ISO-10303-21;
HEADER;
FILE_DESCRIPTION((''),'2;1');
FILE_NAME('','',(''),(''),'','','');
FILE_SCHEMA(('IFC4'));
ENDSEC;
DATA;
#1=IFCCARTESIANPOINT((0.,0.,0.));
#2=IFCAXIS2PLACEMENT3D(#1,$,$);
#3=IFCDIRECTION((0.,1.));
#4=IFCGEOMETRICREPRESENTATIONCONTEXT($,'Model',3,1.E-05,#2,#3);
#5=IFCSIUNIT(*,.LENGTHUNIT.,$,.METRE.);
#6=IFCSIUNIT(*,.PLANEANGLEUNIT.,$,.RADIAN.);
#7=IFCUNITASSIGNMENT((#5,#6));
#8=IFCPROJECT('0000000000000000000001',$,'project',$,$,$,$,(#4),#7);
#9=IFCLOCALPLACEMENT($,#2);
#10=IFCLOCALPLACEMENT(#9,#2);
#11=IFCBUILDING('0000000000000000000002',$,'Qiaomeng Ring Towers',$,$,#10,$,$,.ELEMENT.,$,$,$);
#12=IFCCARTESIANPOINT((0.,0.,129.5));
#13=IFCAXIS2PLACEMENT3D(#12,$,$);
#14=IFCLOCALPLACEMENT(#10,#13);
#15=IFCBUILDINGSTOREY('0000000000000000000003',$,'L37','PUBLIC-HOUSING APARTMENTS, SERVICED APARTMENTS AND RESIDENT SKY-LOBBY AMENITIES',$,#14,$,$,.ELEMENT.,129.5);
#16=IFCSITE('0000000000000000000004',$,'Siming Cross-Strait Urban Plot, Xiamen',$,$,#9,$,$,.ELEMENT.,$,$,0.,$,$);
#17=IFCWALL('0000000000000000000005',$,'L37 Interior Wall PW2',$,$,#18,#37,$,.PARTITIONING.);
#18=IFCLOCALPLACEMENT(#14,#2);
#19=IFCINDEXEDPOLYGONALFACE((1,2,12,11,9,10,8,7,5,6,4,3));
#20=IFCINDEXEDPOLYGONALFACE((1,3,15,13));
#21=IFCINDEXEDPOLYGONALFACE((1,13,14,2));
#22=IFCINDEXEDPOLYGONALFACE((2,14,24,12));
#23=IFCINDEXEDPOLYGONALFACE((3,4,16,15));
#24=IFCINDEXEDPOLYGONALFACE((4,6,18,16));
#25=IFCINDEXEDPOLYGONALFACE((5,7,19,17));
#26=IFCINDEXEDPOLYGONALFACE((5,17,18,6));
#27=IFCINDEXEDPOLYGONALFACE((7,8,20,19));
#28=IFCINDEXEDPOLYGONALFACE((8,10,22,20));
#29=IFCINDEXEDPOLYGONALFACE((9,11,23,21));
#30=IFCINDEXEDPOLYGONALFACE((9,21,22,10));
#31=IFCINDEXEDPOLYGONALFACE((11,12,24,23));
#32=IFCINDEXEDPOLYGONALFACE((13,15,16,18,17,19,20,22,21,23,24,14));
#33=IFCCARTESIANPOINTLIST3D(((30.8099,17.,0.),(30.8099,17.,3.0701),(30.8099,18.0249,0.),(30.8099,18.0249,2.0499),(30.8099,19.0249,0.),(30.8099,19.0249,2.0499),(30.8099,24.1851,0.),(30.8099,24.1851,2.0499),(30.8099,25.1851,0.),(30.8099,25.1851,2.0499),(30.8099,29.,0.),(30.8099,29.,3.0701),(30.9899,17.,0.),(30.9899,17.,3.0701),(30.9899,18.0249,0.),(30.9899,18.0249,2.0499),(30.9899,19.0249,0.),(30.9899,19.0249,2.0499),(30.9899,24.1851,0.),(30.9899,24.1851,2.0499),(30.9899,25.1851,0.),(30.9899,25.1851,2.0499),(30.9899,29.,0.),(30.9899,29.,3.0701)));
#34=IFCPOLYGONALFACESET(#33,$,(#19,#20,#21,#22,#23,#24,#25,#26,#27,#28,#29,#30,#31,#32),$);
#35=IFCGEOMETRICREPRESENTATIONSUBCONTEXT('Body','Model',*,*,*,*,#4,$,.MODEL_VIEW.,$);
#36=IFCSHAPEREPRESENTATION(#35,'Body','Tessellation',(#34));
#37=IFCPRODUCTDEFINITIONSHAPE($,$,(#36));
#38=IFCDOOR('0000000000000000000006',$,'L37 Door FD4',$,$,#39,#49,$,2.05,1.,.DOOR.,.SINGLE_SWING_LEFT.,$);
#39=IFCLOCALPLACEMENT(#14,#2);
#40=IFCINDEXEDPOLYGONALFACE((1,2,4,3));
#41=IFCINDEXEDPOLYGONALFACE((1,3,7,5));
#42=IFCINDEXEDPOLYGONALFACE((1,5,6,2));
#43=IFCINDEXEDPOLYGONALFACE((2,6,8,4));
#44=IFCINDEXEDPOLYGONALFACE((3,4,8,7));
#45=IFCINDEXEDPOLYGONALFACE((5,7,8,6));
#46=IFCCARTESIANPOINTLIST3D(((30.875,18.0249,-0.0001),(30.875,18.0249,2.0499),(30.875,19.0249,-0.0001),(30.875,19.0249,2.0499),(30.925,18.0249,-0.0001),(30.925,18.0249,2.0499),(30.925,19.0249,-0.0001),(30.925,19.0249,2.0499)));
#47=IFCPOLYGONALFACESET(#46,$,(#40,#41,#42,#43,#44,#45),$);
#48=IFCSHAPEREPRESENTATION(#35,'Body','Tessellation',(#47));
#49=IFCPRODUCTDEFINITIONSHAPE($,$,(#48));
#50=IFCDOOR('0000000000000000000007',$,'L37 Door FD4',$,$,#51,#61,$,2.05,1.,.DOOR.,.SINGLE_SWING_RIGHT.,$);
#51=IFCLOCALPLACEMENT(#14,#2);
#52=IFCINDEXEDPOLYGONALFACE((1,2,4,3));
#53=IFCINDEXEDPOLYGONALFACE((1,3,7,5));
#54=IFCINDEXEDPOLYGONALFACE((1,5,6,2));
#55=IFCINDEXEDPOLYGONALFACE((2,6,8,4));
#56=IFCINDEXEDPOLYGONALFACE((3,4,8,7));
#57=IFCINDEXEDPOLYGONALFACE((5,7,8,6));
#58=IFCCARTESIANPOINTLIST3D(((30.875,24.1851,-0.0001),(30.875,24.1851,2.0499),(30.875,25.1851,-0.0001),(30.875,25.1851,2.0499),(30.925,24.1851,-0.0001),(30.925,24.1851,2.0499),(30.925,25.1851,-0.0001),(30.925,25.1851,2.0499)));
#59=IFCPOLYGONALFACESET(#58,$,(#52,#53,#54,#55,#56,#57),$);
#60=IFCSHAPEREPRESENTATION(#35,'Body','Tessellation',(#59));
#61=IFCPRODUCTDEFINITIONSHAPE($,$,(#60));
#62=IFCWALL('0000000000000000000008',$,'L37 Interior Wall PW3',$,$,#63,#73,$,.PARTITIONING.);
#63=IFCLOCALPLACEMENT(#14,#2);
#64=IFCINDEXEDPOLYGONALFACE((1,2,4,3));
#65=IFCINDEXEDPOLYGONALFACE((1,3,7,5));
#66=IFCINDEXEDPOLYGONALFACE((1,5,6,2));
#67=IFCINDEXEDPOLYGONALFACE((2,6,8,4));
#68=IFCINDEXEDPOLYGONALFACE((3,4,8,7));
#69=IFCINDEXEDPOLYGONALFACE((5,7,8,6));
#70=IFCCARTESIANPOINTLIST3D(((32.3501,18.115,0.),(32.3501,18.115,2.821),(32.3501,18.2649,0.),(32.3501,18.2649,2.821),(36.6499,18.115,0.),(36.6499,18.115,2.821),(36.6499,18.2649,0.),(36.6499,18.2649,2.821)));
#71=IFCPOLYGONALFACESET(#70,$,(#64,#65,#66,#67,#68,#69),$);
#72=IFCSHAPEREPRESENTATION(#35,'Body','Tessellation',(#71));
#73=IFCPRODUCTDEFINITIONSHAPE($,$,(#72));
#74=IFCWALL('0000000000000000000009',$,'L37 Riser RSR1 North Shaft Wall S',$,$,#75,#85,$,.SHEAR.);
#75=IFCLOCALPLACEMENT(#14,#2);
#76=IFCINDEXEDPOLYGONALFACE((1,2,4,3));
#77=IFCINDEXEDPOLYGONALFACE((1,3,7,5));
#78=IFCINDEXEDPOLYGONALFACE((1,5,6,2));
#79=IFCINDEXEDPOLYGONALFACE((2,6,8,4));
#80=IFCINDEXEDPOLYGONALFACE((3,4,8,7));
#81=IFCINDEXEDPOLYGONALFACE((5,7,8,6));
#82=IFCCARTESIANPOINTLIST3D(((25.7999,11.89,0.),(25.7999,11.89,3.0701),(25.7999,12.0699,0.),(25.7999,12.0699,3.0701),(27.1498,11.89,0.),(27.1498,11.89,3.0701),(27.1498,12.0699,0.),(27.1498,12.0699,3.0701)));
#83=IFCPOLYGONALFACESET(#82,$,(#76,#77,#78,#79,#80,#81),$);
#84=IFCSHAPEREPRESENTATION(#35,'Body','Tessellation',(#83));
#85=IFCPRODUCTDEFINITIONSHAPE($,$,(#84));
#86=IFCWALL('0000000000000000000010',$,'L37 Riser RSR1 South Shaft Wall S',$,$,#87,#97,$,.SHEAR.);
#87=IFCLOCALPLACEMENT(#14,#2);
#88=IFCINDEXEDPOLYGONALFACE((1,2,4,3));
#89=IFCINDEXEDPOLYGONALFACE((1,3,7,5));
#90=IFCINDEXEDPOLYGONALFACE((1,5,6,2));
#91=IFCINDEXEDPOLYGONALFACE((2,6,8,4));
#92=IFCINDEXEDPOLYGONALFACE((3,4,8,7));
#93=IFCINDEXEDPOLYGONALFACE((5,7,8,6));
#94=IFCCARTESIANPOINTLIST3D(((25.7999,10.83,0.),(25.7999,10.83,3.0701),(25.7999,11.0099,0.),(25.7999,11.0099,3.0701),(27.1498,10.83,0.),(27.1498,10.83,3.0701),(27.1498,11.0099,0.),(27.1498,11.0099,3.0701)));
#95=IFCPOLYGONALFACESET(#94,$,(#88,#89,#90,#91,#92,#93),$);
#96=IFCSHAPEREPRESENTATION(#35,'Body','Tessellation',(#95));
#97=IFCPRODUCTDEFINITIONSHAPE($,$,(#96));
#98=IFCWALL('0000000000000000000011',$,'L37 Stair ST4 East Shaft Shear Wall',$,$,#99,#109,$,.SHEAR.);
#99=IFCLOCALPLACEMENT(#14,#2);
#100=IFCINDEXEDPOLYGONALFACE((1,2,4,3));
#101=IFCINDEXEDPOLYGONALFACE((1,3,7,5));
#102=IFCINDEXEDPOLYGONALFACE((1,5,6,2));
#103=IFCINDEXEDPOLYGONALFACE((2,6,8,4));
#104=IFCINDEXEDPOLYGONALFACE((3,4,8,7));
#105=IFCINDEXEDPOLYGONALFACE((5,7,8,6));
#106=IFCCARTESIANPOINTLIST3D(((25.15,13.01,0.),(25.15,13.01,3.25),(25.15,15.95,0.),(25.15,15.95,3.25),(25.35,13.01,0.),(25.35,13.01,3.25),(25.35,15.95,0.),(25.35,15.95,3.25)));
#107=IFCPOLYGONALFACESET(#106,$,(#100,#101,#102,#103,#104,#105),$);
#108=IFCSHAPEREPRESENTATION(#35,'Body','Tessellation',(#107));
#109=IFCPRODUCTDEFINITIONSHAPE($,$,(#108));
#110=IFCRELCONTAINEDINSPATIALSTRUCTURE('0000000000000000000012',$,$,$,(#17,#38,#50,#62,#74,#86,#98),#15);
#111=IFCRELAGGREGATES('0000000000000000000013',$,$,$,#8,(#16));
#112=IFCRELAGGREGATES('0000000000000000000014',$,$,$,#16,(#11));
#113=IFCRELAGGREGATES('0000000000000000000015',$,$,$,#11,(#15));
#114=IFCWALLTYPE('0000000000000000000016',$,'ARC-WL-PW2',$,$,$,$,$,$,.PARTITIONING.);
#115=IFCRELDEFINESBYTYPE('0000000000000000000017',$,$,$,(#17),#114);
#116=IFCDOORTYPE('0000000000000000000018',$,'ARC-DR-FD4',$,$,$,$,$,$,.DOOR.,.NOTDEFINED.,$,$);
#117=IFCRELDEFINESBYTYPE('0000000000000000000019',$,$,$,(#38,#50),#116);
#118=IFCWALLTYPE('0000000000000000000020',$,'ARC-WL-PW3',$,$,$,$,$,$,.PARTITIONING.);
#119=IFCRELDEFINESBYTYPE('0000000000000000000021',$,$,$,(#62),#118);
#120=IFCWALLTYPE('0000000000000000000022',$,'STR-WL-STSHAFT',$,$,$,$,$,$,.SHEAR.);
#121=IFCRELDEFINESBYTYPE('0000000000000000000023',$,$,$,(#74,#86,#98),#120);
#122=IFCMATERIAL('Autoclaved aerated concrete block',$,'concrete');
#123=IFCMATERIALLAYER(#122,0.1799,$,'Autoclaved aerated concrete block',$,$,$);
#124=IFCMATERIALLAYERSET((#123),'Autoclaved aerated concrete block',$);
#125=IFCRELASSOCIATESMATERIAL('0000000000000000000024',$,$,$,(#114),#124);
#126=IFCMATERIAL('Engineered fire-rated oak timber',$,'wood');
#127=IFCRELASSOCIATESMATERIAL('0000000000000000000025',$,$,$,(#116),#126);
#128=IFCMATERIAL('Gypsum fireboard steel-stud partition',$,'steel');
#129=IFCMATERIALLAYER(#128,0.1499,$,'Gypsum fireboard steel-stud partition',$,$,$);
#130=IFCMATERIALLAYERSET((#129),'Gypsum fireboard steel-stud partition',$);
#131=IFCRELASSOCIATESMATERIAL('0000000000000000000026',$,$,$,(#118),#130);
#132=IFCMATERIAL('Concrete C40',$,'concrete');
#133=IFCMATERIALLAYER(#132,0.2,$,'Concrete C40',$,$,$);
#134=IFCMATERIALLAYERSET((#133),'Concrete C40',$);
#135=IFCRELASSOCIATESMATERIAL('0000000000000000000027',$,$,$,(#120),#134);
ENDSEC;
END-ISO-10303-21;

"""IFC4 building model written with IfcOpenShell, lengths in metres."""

from ifc_helpers import new_model, si_unit, direction, frame, frame_2d, origin, place, context, subcontext, project, spatial, rectangle, extrude, source, transform, mapped, material, layer, layer_set, type_object, element, fill, save


model = new_model("IFC4")

# Units and contexts
model_context = context("Model", 3, precision=1e-05, world=origin(), true_north=direction((0.0, 1.0)))
body_context = subcontext(model_context, "Body", "Model", "MODEL_VIEW")
ifc_project = project(units=[si_unit("LENGTHUNIT", "METRE"), si_unit("PLANEANGLEUNIT", "RADIAN")], contexts=[model_context])

# Site, building, storey
site_placement = place(None, origin())
site = spatial("IfcSite", under=ifc_project, at=site_placement, Name="Siming Cross-Strait Urban Plot, Xiamen", CompositionType="ELEMENT", RefElevation=0.0)
building_placement = place(site_placement, origin())
building = spatial("IfcBuilding", under=site, at=building_placement, Name="Qiaomeng Ring Towers", CompositionType="ELEMENT")
storey_placement = place(building_placement, frame((0.0, 0.0, 129.5)))
storey = spatial("IfcBuildingStorey", under=building, at=storey_placement, Name="L37", Description="PUBLIC-HOUSING APARTMENTS, SERVICED APARTMENTS AND RESIDENT SKY-LOBBY AMENITIES", CompositionType="ELEMENT", Elevation=129.5)

# Shared definitions
ifc_material_1 = material(Name="Autoclaved aerated concrete block", Category="concrete")

# Wall, openings, doors
ifc_layer_1 = layer(ifc_material_1, 0.1799, Name="Autoclaved aerated concrete block")
ifc_layer_set_1 = layer_set([ifc_layer_1], Name="Autoclaved aerated concrete block")
wall_type_1 = type_object("IfcWallType", Name="ARC-WL-PW2", PredefinedType="PARTITIONING", material=ifc_layer_set_1)
wall_1_placement = place(storey_placement, frame((30.8999, 17.0, 0.0), z_axis=(0.0, 0.0, 1.0), x_axis=(0.0, 1.0, 0.0)))
wall_1 = element("IfcWall", 1, at=wall_1_placement, inside=storey, type_object=wall_type_1, Name="L37 Interior Wall PW2", PredefinedType="PARTITIONING", context=body_context, shape_type="SweptSolid", body=[
    extrude(rectangle(XDim=12.0, YDim=0.1799, at=frame_2d((6.0, 0.0))), origin(), (0.0, 0.0, 1.0), 3.0701),
])
opening_1_placement = place(wall_1_placement, frame((1.0249, 0.0, 0.0)))
opening_1 = element("IfcOpeningElement", 2, at=opening_1_placement, cuts=wall_1, PredefinedType="OPENING", context=body_context, shape_type="SweptSolid", body=[
    extrude(rectangle(XDim=1.0, YDim=2.05, at=frame_2d((0.5, 1.0249))), frame((0.0, 0.0999, 0.0), z_axis=(0.0, -1.0, 0.0), x_axis=(1.0, 0.0, 0.0)), (0.0, 0.0, 1.0), 0.2),
])
opening_2_placement = place(wall_1_placement, frame((7.1851, 0.0, 0.0)))
opening_2 = element("IfcOpeningElement", 3, at=opening_2_placement, cuts=wall_1, PredefinedType="OPENING", context=body_context, shape_type="SweptSolid", body=[
    extrude(rectangle(XDim=1.0, YDim=2.05, at=frame_2d((0.5, 1.0249))), frame((0.0, 0.0999, 0.0), z_axis=(0.0, -1.0, 0.0), x_axis=(1.0, 0.0, 0.0)), (0.0, 0.0, 1.0), 0.2),
])
ifc_material_2 = material(Name="Engineered fire-rated oak timber", Category="wood")
door_type_1 = type_object("IfcDoorType", Name="ARC-DR-FD4", OperationType="NOTDEFINED", PredefinedType="DOOR", material=ifc_material_2)
shared_shape_1 = source(origin(), body_context, "Body", "SweptSolid", [
    extrude(rectangle(XDim=1.0, YDim=2.05, at=frame_2d((0.5, 1.0249))), frame((0.0, 0.0249, 0.0), z_axis=(0.0, -1.0, 0.0), x_axis=(1.0, 0.0, 0.0)), (0.0, 0.0, 1.0), 0.05),
])
door_1_placement = place(opening_1_placement, origin())
door_1 = element("IfcDoor", 4, at=door_1_placement, inside=storey, type_object=door_type_1, Name="L37 Door FD4", OperationType="SINGLE_SWING_LEFT", OverallHeight=2.05, OverallWidth=1.0, PredefinedType="DOOR", context=body_context, shape_type="MappedRepresentation", body=[
    mapped(shared_shape_1, transform((0.0, 0.0, 0.0), x_axis=(1.0, 0.0, 0.0), y_axis=(0.0, 1.0, 0.0), z_axis=(0.0, 0.0, 1.0), scale=1.0)),
])
fill(opening_1, door_1)
door_2_placement = place(opening_2_placement, origin())
door_2 = element("IfcDoor", 5, at=door_2_placement, inside=storey, type_object=door_type_1, Name="L37 Door FD4", OperationType="SINGLE_SWING_RIGHT", OverallHeight=2.05, OverallWidth=1.0, PredefinedType="DOOR", context=body_context, shape_type="MappedRepresentation", body=[
    mapped(shared_shape_1, transform((0.0, 0.0, 0.0), x_axis=(1.0, 0.0, 0.0), y_axis=(0.0, 1.0, 0.0), z_axis=(0.0, 0.0, 1.0), scale=1.0)),
])
fill(opening_2, door_2)

# Walls
ifc_material_3 = material(Name="Gypsum fireboard steel-stud partition", Category="steel")
ifc_layer_2 = layer(ifc_material_3, 0.1499, Name="Gypsum fireboard steel-stud partition")
ifc_layer_set_2 = layer_set([ifc_layer_2], Name="Gypsum fireboard steel-stud partition")
wall_type_2 = type_object("IfcWallType", Name="ARC-WL-PW3", PredefinedType="PARTITIONING", material=ifc_layer_set_2)
wall_2_placement = place(storey_placement, frame((32.3501, 18.1899, 0.0), z_axis=(0.0, 0.0, 1.0), x_axis=(1.0, 0.0, 0.0)))
element("IfcWall", 6, at=wall_2_placement, inside=storey, type_object=wall_type_2, Name="L37 Interior Wall PW3", PredefinedType="PARTITIONING", context=body_context, shape_type="SweptSolid", body=[
    extrude(rectangle(XDim=4.2998, YDim=0.1499, at=frame_2d((2.1499, 0.0))), origin(), (0.0, 0.0, 1.0), 2.821),
])
ifc_material_4 = material(Name="Concrete C40", Category="concrete")
ifc_layer_3 = layer(ifc_material_4, 0.2, Name="Concrete C40")
ifc_layer_set_3 = layer_set([ifc_layer_3], Name="Concrete C40")
wall_type_3 = type_object("IfcWallType", Name="STR-WL-STSHAFT", PredefinedType="SHEAR", material=ifc_layer_set_3)
for number, where, z_axis, x_axis, name in (
    (7, (25.8, 11.98, 0.0), (0.0, 0.0, 1.0), (1.0, 0.0, 0.0), "L37 Riser RSR1 North Shaft Wall S"),
    (8, (25.8, 10.9199, 0.0), (0.0, 0.0, 1.0), (1.0, 0.0, 0.0), "L37 Riser RSR1 South Shaft Wall S"),
):
    element("IfcWall", number, at=place(storey_placement, frame(where, z_axis=z_axis, x_axis=x_axis)), inside=storey, type_object=wall_type_3, Name=name, PredefinedType="SHEAR", context=body_context, shape_type="SweptSolid", body=[
        extrude(rectangle(XDim=1.3499, YDim=0.1799, at=frame_2d((0.6748, 0.0))), origin(), (0.0, 0.0, 1.0), 3.0701),
    ])
wall_3_placement = place(storey_placement, frame((25.25, 13.01, 0.0), z_axis=(0.0, 0.0, 1.0), x_axis=(0.0, 1.0, 0.0)))
element("IfcWall", 9, at=wall_3_placement, inside=storey, type_object=wall_type_3, Name="L37 Stair ST4 East Shaft Shear Wall", PredefinedType="SHEAR", context=body_context, shape_type="SweptSolid", body=[
    extrude(rectangle(XDim=2.9399, YDim=0.2, at=frame_2d((1.47, 0.0))), origin(), (0.0, 0.0, 1.0), 3.25),
])

save(model, "model.ifc")
